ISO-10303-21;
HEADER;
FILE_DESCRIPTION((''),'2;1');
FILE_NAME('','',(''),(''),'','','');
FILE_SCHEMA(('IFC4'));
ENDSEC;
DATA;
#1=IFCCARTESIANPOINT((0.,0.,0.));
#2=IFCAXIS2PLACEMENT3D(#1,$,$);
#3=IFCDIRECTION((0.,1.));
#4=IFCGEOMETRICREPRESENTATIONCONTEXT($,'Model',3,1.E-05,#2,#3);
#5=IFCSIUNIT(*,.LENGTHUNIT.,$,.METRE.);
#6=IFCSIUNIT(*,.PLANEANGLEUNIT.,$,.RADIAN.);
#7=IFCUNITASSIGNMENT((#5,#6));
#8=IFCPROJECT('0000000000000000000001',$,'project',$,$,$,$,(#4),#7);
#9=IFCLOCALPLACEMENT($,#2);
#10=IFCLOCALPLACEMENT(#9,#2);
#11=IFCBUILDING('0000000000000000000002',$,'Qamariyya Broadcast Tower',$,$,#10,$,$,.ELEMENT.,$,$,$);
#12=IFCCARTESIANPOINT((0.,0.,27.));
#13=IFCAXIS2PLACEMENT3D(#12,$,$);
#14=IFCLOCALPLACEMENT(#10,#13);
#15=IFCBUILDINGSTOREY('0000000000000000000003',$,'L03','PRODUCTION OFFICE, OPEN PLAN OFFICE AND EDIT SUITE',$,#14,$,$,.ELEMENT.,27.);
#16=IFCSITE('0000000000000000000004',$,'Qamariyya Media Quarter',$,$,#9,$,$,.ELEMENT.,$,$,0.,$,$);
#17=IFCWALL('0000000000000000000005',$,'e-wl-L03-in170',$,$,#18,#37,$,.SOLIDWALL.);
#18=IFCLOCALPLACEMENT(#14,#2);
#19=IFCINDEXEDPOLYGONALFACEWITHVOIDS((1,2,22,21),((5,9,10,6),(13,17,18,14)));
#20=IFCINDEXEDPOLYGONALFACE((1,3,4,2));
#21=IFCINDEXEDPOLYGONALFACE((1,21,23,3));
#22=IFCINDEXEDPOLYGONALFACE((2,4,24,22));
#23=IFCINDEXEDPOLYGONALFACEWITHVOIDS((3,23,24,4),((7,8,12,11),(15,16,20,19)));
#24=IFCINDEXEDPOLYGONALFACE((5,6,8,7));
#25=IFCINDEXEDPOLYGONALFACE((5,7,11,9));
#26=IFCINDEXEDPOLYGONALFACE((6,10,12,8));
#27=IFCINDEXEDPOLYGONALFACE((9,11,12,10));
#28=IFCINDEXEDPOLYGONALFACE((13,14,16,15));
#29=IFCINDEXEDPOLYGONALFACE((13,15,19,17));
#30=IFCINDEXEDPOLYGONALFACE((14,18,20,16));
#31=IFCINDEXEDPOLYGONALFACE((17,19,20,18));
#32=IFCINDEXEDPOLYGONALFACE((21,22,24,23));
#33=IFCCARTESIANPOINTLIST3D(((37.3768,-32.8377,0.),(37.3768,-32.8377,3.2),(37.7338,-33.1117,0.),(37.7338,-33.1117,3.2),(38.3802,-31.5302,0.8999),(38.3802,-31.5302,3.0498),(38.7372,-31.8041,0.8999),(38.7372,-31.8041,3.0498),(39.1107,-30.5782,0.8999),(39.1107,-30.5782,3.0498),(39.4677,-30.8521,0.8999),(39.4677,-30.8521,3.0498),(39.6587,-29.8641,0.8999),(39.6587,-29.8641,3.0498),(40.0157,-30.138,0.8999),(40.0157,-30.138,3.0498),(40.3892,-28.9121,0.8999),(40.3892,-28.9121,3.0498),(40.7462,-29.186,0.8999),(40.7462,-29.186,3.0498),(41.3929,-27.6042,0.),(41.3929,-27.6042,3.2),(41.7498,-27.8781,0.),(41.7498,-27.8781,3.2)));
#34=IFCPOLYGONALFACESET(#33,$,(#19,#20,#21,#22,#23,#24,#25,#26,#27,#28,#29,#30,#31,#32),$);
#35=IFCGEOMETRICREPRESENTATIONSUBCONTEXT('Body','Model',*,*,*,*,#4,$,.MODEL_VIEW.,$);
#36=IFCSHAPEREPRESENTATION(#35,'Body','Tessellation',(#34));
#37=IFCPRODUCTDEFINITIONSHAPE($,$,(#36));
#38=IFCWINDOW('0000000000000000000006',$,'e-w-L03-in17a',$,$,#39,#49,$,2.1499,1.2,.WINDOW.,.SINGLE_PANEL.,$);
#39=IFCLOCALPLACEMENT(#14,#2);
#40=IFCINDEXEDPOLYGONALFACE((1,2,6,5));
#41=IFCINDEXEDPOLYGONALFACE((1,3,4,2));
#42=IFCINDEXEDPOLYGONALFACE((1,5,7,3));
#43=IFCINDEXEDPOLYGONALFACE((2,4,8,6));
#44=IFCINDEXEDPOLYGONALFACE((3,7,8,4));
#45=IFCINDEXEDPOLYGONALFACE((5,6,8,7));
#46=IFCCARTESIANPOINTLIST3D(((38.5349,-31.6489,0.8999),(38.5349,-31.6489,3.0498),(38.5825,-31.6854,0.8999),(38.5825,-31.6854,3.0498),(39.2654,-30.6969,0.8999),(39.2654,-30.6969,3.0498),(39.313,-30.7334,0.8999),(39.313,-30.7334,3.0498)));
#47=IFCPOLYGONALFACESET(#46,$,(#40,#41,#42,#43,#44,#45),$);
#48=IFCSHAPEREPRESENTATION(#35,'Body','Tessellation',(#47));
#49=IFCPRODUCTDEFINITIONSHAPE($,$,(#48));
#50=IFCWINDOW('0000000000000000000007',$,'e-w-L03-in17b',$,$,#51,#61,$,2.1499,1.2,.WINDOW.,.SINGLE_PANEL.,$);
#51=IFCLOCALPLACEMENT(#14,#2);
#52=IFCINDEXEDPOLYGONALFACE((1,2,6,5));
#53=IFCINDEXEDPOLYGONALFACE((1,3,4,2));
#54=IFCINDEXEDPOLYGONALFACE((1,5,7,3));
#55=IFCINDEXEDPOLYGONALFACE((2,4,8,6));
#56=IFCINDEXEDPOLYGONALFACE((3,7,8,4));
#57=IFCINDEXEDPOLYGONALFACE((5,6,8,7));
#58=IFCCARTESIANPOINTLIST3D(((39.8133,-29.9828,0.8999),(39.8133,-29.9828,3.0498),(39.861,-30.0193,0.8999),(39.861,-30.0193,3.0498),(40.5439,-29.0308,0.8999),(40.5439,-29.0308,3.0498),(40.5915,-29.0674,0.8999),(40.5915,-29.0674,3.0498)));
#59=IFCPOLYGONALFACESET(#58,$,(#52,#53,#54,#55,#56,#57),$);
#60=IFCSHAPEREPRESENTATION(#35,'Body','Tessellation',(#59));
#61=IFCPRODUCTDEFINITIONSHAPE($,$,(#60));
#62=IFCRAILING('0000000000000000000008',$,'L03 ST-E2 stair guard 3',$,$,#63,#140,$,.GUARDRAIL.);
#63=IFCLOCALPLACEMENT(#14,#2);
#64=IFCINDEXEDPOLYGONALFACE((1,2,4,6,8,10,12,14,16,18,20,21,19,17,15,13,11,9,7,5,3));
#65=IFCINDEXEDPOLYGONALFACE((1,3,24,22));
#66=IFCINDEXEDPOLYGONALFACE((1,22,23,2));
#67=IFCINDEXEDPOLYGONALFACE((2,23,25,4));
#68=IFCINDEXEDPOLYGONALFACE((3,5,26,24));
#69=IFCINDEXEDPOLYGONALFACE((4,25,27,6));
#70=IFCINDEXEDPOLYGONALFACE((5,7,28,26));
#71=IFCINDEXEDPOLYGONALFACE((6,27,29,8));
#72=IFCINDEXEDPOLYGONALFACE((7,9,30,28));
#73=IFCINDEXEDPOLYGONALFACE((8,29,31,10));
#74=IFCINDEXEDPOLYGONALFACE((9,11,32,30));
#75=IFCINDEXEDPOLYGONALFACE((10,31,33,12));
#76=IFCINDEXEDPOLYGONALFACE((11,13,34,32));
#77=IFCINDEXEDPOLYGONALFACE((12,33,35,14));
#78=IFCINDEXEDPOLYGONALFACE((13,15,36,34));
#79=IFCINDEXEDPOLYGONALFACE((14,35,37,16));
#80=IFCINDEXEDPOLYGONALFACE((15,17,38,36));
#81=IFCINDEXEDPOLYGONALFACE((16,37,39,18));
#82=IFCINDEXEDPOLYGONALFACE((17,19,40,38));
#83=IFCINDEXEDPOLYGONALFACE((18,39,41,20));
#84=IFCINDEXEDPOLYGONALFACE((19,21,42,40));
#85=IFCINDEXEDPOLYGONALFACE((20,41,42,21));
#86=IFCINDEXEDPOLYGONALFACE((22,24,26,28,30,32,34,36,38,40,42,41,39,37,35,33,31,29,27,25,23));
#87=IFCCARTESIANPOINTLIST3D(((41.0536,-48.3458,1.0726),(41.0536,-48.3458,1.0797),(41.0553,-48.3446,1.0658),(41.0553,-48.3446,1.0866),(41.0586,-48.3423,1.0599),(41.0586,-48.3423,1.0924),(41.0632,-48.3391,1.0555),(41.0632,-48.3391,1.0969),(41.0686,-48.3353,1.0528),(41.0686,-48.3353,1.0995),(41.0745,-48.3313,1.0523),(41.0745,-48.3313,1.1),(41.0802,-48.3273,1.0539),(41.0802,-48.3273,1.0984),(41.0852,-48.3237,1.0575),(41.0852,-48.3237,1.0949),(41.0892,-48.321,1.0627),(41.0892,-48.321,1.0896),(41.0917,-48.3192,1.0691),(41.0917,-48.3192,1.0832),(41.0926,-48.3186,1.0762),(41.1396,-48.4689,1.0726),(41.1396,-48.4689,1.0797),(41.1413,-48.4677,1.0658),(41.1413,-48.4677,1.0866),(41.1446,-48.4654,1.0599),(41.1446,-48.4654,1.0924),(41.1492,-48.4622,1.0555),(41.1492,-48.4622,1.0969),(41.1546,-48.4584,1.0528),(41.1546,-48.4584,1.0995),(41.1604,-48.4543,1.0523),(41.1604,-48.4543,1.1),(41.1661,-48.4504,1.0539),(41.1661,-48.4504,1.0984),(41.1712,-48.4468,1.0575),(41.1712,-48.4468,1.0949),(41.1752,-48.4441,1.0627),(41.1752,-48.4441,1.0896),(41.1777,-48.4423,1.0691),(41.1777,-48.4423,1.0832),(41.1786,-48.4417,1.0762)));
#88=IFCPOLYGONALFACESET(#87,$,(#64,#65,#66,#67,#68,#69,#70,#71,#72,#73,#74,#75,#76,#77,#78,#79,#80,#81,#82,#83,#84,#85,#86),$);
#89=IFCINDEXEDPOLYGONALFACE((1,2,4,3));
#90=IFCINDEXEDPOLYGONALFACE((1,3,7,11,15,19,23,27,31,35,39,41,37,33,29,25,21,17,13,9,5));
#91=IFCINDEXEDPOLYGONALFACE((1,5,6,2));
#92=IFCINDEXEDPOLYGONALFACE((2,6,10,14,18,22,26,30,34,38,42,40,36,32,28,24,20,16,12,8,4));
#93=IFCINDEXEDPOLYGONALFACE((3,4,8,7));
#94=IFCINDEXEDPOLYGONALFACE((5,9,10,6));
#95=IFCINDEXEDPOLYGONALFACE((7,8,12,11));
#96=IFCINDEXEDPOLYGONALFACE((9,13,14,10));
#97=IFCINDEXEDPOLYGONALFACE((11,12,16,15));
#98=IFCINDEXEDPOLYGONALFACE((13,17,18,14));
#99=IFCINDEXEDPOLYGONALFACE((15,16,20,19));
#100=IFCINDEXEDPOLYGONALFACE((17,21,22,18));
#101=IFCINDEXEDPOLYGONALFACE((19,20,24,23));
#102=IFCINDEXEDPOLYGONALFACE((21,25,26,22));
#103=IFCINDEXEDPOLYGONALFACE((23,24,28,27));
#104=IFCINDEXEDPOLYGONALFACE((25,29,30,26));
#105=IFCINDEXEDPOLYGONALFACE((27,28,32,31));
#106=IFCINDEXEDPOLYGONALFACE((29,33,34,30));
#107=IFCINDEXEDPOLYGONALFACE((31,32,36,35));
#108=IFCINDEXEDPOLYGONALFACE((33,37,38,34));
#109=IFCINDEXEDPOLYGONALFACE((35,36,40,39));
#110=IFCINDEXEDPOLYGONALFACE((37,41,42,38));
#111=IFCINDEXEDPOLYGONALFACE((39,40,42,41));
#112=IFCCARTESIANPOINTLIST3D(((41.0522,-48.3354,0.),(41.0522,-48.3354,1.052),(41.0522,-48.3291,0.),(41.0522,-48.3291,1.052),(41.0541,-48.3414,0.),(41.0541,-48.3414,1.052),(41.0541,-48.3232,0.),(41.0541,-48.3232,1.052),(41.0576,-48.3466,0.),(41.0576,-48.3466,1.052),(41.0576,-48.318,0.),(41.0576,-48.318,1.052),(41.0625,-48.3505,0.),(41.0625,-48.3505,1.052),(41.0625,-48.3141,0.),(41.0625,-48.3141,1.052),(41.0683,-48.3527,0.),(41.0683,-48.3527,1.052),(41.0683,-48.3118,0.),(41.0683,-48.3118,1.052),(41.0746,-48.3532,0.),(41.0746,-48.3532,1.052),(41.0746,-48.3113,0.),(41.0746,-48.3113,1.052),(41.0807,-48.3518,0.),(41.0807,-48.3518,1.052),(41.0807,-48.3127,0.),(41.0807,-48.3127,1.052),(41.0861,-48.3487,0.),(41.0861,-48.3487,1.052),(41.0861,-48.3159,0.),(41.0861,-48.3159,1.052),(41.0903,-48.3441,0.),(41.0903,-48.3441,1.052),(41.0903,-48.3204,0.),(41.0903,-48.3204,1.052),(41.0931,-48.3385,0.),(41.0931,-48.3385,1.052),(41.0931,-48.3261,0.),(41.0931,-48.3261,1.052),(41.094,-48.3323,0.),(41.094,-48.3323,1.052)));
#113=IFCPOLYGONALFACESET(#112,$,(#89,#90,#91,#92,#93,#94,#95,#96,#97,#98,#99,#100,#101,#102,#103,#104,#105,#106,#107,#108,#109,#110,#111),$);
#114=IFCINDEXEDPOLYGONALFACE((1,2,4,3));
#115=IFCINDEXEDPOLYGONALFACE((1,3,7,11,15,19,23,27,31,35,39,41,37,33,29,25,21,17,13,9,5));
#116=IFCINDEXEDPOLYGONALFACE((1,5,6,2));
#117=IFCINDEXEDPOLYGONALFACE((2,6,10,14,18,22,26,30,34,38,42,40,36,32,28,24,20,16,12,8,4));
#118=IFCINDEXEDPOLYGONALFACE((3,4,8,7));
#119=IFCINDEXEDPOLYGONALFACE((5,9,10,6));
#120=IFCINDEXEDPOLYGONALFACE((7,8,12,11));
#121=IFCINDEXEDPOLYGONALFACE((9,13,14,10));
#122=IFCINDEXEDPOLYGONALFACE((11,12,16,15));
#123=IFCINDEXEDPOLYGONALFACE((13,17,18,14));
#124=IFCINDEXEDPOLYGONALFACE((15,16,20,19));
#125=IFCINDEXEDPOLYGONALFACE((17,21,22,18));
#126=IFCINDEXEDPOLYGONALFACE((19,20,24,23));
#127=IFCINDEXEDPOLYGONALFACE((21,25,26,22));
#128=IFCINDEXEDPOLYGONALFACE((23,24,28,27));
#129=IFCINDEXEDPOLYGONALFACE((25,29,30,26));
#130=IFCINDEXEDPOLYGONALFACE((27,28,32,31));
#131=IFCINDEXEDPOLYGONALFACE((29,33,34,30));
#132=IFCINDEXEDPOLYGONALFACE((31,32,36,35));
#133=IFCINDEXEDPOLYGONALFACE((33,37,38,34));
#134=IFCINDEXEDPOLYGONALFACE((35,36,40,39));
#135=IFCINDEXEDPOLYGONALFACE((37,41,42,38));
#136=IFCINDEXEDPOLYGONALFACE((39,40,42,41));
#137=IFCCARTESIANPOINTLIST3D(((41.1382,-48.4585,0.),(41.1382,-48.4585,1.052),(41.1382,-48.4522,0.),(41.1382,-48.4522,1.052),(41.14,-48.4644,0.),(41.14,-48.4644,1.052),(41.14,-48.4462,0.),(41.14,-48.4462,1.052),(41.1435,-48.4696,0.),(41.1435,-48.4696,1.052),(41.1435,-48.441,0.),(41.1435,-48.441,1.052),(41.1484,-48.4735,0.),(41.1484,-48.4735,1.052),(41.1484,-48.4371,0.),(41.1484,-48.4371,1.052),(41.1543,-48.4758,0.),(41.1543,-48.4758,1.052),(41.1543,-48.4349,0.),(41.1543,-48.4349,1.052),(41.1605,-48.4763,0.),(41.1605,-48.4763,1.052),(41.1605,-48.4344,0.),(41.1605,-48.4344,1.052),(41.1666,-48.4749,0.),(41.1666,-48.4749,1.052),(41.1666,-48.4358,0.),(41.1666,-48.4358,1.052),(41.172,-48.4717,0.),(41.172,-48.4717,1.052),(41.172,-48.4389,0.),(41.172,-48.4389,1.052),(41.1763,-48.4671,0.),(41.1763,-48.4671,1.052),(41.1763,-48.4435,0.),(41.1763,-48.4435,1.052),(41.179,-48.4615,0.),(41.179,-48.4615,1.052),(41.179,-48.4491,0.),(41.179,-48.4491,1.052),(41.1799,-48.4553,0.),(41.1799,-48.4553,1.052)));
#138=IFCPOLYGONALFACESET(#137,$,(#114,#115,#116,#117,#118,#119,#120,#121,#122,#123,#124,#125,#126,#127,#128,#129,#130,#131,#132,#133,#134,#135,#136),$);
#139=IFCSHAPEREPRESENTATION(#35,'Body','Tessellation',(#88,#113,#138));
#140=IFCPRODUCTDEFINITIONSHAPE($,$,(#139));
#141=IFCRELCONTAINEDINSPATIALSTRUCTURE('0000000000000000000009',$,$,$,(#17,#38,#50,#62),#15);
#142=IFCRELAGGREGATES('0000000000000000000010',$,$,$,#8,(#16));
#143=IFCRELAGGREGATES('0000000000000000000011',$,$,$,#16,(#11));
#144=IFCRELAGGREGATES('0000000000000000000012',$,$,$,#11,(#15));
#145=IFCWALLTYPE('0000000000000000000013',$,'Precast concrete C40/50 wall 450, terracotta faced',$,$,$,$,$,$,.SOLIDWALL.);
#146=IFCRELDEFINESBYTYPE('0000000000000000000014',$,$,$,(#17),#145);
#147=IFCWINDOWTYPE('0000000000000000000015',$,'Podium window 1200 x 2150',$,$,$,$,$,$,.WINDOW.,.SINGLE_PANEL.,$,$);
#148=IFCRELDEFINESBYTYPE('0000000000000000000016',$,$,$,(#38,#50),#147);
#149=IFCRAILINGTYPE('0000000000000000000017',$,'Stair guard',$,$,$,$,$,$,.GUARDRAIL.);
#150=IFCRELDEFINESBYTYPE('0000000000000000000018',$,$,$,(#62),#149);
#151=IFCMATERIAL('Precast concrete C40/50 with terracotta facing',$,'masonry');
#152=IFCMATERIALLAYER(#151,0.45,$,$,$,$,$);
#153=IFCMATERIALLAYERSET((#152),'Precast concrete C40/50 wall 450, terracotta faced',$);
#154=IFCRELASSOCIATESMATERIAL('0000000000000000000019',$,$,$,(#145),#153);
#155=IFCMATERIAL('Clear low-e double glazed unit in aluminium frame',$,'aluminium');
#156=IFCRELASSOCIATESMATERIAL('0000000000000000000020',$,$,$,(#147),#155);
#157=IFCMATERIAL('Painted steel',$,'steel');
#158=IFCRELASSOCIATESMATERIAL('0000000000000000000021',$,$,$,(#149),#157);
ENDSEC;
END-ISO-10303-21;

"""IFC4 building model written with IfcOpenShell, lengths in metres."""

from ifc_helpers import new_model, si_unit, direction, frame, frame_2d, origin, origin_2d, place, context, subcontext, project, spatial, rectangle, circle, extrude, material, layer, layer_set, type_object, element, fill, save


model = new_model("IFC4")

# Units and contexts
model_context = context("Model", 3, precision=1e-05, world=origin(), true_north=direction((0.0, 1.0)))
body_context = subcontext(model_context, "Body", "Model", "MODEL_VIEW")
ifc_project = project(units=[si_unit("LENGTHUNIT", "METRE"), si_unit("PLANEANGLEUNIT", "RADIAN")], contexts=[model_context])

# Site, building, storey
site_placement = place(None, origin())
site = spatial("IfcSite", under=ifc_project, at=site_placement, Name="Qamariyya Media Quarter", CompositionType="ELEMENT", RefElevation=0.0)
building_placement = place(site_placement, origin())
building = spatial("IfcBuilding", under=site, at=building_placement, Name="Qamariyya Broadcast Tower", CompositionType="ELEMENT")
storey_placement = place(building_placement, frame((0.0, 0.0, 27.0)))
storey = spatial("IfcBuildingStorey", under=building, at=storey_placement, Name="L03", Description="PRODUCTION OFFICE, OPEN PLAN OFFICE AND EDIT SUITE", CompositionType="ELEMENT", Elevation=27.0)

# Wall, openings, windows
ifc_material_1 = material(Name="Precast concrete C40/50 with terracotta facing", Category="masonry")
ifc_layer_1 = layer(ifc_material_1, 0.45)
ifc_layer_set_1 = layer_set([ifc_layer_1], Name="Precast concrete C40/50 wall 450, terracotta faced")
wall_type_1 = type_object("IfcWallType", Name="Precast concrete C40/50 wall 450, terracotta faced", PredefinedType="SOLIDWALL", material=ifc_layer_set_1)
wall_1_placement = place(storey_placement, frame((41.5713, -27.7412, 0.0), z_axis=(0.0, 0.0, 1.0), x_axis=(-0.60878, -0.793339, 0.0)))
wall_1 = element("IfcWall", 1, at=wall_1_placement, inside=storey, type_object=wall_type_1, Name="e-wl-L03-in170", PredefinedType="SOLIDWALL", context=body_context, shape_type="SweptSolid", body=[
    extrude(rectangle(XDim=6.5969, YDim=0.45, at=frame_2d((3.2983, 0.0))), origin(), (0.0, 0.0, 1.0), 3.2),
])
opening_1_placement = place(wall_1_placement, frame((3.7485, 0.0, 0.8999)))
opening_1 = element("IfcOpeningElement", 2, at=opening_1_placement, cuts=wall_1, PredefinedType="OPENING", context=body_context, shape_type="SweptSolid", body=[
    extrude(rectangle(XDim=1.2, YDim=2.1499, at=frame_2d((0.6001, 1.075))), frame((0.0, 0.2349, 0.0), z_axis=(0.0, -1.0, 0.0), x_axis=(1.0, 0.0, 0.0)), (0.0, 0.0, 1.0), 0.47),
])
opening_2_placement = place(wall_1_placement, frame((1.6484, 0.0, 0.8999)))
opening_2 = element("IfcOpeningElement", 3, at=opening_2_placement, cuts=wall_1, PredefinedType="OPENING", context=body_context, shape_type="SweptSolid", body=[
    extrude(rectangle(XDim=1.2, YDim=2.1499, at=frame_2d((0.6001, 1.075))), frame((0.0, 0.2349, 0.0), z_axis=(0.0, -1.0, 0.0), x_axis=(1.0, 0.0, 0.0)), (0.0, 0.0, 1.0), 0.47),
])
ifc_material_2 = material(Name="Clear low-e double glazed unit in aluminium frame", Category="aluminium")
window_type = type_object("IfcWindowType", Name="Podium window 1200 x 2150", PartitioningType="SINGLE_PANEL", PredefinedType="WINDOW", material=ifc_material_2)
window_1_placement = place(opening_1_placement, origin())
window_1 = element("IfcWindow", 4, at=window_1_placement, inside=storey, type_object=window_type, Name="e-w-L03-in17a", OverallHeight=2.1499, OverallWidth=1.2, PartitioningType="SINGLE_PANEL", PredefinedType="WINDOW", context=body_context, shape_type="SweptSolid", body=[
    extrude(rectangle(XDim=1.2, YDim=2.1499, at=frame_2d((0.6001, 1.075))), frame((0.0, 0.03, 0.0), z_axis=(0.0, -1.0, 0.0), x_axis=(1.0, 0.0, 0.0)), (0.0, 0.0, 1.0), 0.0601),
])
fill(opening_1, window_1)
window_2_placement = place(opening_2_placement, origin())
window_2 = element("IfcWindow", 5, at=window_2_placement, inside=storey, type_object=window_type, Name="e-w-L03-in17b", OverallHeight=2.1499, OverallWidth=1.2, PartitioningType="SINGLE_PANEL", PredefinedType="WINDOW", context=body_context, shape_type="SweptSolid", body=[
    extrude(rectangle(XDim=1.2, YDim=2.1499, at=frame_2d((0.6001, 1.075))), frame((0.0, 0.03, 0.0), z_axis=(0.0, -1.0, 0.0), x_axis=(1.0, 0.0, 0.0)), (0.0, 0.0, 1.0), 0.0601),
])
fill(opening_2, window_2)

# Railing
ifc_material_3 = material(Name="Painted steel", Category="steel")
railing_type = type_object("IfcRailingType", Name="Stair guard", PredefinedType="GUARDRAIL", material=ifc_material_3)
railing_placement = place(storey_placement, frame((41.073, -48.3323, 0.0)))
element("IfcRailing", 6, at=railing_placement, inside=storey, type_object=railing_type, Name="L03 ST-E2 stair guard 3", PredefinedType="GUARDRAIL", context=body_context, shape_type="SweptSolid", body=[
    extrude(circle(Radius=0.0239, at=origin_2d()), frame((0.0, 0.0, 1.0762), z_axis=(0.572589, -0.819843, 0.0), x_axis=(0.819843, 0.572589, 0.0)), (0.0, 0.0, 1.0), 0.1501),
    extrude(circle(Radius=0.021, at=origin_2d()), origin(), (0.0, 0.0, 1.0), 1.052),
    extrude(circle(Radius=0.021, at=origin_2d()), frame((0.0859, -0.123, 0.0)), (0.0, 0.0, 1.0), 1.052),
])

save(model, "model.ifc")
